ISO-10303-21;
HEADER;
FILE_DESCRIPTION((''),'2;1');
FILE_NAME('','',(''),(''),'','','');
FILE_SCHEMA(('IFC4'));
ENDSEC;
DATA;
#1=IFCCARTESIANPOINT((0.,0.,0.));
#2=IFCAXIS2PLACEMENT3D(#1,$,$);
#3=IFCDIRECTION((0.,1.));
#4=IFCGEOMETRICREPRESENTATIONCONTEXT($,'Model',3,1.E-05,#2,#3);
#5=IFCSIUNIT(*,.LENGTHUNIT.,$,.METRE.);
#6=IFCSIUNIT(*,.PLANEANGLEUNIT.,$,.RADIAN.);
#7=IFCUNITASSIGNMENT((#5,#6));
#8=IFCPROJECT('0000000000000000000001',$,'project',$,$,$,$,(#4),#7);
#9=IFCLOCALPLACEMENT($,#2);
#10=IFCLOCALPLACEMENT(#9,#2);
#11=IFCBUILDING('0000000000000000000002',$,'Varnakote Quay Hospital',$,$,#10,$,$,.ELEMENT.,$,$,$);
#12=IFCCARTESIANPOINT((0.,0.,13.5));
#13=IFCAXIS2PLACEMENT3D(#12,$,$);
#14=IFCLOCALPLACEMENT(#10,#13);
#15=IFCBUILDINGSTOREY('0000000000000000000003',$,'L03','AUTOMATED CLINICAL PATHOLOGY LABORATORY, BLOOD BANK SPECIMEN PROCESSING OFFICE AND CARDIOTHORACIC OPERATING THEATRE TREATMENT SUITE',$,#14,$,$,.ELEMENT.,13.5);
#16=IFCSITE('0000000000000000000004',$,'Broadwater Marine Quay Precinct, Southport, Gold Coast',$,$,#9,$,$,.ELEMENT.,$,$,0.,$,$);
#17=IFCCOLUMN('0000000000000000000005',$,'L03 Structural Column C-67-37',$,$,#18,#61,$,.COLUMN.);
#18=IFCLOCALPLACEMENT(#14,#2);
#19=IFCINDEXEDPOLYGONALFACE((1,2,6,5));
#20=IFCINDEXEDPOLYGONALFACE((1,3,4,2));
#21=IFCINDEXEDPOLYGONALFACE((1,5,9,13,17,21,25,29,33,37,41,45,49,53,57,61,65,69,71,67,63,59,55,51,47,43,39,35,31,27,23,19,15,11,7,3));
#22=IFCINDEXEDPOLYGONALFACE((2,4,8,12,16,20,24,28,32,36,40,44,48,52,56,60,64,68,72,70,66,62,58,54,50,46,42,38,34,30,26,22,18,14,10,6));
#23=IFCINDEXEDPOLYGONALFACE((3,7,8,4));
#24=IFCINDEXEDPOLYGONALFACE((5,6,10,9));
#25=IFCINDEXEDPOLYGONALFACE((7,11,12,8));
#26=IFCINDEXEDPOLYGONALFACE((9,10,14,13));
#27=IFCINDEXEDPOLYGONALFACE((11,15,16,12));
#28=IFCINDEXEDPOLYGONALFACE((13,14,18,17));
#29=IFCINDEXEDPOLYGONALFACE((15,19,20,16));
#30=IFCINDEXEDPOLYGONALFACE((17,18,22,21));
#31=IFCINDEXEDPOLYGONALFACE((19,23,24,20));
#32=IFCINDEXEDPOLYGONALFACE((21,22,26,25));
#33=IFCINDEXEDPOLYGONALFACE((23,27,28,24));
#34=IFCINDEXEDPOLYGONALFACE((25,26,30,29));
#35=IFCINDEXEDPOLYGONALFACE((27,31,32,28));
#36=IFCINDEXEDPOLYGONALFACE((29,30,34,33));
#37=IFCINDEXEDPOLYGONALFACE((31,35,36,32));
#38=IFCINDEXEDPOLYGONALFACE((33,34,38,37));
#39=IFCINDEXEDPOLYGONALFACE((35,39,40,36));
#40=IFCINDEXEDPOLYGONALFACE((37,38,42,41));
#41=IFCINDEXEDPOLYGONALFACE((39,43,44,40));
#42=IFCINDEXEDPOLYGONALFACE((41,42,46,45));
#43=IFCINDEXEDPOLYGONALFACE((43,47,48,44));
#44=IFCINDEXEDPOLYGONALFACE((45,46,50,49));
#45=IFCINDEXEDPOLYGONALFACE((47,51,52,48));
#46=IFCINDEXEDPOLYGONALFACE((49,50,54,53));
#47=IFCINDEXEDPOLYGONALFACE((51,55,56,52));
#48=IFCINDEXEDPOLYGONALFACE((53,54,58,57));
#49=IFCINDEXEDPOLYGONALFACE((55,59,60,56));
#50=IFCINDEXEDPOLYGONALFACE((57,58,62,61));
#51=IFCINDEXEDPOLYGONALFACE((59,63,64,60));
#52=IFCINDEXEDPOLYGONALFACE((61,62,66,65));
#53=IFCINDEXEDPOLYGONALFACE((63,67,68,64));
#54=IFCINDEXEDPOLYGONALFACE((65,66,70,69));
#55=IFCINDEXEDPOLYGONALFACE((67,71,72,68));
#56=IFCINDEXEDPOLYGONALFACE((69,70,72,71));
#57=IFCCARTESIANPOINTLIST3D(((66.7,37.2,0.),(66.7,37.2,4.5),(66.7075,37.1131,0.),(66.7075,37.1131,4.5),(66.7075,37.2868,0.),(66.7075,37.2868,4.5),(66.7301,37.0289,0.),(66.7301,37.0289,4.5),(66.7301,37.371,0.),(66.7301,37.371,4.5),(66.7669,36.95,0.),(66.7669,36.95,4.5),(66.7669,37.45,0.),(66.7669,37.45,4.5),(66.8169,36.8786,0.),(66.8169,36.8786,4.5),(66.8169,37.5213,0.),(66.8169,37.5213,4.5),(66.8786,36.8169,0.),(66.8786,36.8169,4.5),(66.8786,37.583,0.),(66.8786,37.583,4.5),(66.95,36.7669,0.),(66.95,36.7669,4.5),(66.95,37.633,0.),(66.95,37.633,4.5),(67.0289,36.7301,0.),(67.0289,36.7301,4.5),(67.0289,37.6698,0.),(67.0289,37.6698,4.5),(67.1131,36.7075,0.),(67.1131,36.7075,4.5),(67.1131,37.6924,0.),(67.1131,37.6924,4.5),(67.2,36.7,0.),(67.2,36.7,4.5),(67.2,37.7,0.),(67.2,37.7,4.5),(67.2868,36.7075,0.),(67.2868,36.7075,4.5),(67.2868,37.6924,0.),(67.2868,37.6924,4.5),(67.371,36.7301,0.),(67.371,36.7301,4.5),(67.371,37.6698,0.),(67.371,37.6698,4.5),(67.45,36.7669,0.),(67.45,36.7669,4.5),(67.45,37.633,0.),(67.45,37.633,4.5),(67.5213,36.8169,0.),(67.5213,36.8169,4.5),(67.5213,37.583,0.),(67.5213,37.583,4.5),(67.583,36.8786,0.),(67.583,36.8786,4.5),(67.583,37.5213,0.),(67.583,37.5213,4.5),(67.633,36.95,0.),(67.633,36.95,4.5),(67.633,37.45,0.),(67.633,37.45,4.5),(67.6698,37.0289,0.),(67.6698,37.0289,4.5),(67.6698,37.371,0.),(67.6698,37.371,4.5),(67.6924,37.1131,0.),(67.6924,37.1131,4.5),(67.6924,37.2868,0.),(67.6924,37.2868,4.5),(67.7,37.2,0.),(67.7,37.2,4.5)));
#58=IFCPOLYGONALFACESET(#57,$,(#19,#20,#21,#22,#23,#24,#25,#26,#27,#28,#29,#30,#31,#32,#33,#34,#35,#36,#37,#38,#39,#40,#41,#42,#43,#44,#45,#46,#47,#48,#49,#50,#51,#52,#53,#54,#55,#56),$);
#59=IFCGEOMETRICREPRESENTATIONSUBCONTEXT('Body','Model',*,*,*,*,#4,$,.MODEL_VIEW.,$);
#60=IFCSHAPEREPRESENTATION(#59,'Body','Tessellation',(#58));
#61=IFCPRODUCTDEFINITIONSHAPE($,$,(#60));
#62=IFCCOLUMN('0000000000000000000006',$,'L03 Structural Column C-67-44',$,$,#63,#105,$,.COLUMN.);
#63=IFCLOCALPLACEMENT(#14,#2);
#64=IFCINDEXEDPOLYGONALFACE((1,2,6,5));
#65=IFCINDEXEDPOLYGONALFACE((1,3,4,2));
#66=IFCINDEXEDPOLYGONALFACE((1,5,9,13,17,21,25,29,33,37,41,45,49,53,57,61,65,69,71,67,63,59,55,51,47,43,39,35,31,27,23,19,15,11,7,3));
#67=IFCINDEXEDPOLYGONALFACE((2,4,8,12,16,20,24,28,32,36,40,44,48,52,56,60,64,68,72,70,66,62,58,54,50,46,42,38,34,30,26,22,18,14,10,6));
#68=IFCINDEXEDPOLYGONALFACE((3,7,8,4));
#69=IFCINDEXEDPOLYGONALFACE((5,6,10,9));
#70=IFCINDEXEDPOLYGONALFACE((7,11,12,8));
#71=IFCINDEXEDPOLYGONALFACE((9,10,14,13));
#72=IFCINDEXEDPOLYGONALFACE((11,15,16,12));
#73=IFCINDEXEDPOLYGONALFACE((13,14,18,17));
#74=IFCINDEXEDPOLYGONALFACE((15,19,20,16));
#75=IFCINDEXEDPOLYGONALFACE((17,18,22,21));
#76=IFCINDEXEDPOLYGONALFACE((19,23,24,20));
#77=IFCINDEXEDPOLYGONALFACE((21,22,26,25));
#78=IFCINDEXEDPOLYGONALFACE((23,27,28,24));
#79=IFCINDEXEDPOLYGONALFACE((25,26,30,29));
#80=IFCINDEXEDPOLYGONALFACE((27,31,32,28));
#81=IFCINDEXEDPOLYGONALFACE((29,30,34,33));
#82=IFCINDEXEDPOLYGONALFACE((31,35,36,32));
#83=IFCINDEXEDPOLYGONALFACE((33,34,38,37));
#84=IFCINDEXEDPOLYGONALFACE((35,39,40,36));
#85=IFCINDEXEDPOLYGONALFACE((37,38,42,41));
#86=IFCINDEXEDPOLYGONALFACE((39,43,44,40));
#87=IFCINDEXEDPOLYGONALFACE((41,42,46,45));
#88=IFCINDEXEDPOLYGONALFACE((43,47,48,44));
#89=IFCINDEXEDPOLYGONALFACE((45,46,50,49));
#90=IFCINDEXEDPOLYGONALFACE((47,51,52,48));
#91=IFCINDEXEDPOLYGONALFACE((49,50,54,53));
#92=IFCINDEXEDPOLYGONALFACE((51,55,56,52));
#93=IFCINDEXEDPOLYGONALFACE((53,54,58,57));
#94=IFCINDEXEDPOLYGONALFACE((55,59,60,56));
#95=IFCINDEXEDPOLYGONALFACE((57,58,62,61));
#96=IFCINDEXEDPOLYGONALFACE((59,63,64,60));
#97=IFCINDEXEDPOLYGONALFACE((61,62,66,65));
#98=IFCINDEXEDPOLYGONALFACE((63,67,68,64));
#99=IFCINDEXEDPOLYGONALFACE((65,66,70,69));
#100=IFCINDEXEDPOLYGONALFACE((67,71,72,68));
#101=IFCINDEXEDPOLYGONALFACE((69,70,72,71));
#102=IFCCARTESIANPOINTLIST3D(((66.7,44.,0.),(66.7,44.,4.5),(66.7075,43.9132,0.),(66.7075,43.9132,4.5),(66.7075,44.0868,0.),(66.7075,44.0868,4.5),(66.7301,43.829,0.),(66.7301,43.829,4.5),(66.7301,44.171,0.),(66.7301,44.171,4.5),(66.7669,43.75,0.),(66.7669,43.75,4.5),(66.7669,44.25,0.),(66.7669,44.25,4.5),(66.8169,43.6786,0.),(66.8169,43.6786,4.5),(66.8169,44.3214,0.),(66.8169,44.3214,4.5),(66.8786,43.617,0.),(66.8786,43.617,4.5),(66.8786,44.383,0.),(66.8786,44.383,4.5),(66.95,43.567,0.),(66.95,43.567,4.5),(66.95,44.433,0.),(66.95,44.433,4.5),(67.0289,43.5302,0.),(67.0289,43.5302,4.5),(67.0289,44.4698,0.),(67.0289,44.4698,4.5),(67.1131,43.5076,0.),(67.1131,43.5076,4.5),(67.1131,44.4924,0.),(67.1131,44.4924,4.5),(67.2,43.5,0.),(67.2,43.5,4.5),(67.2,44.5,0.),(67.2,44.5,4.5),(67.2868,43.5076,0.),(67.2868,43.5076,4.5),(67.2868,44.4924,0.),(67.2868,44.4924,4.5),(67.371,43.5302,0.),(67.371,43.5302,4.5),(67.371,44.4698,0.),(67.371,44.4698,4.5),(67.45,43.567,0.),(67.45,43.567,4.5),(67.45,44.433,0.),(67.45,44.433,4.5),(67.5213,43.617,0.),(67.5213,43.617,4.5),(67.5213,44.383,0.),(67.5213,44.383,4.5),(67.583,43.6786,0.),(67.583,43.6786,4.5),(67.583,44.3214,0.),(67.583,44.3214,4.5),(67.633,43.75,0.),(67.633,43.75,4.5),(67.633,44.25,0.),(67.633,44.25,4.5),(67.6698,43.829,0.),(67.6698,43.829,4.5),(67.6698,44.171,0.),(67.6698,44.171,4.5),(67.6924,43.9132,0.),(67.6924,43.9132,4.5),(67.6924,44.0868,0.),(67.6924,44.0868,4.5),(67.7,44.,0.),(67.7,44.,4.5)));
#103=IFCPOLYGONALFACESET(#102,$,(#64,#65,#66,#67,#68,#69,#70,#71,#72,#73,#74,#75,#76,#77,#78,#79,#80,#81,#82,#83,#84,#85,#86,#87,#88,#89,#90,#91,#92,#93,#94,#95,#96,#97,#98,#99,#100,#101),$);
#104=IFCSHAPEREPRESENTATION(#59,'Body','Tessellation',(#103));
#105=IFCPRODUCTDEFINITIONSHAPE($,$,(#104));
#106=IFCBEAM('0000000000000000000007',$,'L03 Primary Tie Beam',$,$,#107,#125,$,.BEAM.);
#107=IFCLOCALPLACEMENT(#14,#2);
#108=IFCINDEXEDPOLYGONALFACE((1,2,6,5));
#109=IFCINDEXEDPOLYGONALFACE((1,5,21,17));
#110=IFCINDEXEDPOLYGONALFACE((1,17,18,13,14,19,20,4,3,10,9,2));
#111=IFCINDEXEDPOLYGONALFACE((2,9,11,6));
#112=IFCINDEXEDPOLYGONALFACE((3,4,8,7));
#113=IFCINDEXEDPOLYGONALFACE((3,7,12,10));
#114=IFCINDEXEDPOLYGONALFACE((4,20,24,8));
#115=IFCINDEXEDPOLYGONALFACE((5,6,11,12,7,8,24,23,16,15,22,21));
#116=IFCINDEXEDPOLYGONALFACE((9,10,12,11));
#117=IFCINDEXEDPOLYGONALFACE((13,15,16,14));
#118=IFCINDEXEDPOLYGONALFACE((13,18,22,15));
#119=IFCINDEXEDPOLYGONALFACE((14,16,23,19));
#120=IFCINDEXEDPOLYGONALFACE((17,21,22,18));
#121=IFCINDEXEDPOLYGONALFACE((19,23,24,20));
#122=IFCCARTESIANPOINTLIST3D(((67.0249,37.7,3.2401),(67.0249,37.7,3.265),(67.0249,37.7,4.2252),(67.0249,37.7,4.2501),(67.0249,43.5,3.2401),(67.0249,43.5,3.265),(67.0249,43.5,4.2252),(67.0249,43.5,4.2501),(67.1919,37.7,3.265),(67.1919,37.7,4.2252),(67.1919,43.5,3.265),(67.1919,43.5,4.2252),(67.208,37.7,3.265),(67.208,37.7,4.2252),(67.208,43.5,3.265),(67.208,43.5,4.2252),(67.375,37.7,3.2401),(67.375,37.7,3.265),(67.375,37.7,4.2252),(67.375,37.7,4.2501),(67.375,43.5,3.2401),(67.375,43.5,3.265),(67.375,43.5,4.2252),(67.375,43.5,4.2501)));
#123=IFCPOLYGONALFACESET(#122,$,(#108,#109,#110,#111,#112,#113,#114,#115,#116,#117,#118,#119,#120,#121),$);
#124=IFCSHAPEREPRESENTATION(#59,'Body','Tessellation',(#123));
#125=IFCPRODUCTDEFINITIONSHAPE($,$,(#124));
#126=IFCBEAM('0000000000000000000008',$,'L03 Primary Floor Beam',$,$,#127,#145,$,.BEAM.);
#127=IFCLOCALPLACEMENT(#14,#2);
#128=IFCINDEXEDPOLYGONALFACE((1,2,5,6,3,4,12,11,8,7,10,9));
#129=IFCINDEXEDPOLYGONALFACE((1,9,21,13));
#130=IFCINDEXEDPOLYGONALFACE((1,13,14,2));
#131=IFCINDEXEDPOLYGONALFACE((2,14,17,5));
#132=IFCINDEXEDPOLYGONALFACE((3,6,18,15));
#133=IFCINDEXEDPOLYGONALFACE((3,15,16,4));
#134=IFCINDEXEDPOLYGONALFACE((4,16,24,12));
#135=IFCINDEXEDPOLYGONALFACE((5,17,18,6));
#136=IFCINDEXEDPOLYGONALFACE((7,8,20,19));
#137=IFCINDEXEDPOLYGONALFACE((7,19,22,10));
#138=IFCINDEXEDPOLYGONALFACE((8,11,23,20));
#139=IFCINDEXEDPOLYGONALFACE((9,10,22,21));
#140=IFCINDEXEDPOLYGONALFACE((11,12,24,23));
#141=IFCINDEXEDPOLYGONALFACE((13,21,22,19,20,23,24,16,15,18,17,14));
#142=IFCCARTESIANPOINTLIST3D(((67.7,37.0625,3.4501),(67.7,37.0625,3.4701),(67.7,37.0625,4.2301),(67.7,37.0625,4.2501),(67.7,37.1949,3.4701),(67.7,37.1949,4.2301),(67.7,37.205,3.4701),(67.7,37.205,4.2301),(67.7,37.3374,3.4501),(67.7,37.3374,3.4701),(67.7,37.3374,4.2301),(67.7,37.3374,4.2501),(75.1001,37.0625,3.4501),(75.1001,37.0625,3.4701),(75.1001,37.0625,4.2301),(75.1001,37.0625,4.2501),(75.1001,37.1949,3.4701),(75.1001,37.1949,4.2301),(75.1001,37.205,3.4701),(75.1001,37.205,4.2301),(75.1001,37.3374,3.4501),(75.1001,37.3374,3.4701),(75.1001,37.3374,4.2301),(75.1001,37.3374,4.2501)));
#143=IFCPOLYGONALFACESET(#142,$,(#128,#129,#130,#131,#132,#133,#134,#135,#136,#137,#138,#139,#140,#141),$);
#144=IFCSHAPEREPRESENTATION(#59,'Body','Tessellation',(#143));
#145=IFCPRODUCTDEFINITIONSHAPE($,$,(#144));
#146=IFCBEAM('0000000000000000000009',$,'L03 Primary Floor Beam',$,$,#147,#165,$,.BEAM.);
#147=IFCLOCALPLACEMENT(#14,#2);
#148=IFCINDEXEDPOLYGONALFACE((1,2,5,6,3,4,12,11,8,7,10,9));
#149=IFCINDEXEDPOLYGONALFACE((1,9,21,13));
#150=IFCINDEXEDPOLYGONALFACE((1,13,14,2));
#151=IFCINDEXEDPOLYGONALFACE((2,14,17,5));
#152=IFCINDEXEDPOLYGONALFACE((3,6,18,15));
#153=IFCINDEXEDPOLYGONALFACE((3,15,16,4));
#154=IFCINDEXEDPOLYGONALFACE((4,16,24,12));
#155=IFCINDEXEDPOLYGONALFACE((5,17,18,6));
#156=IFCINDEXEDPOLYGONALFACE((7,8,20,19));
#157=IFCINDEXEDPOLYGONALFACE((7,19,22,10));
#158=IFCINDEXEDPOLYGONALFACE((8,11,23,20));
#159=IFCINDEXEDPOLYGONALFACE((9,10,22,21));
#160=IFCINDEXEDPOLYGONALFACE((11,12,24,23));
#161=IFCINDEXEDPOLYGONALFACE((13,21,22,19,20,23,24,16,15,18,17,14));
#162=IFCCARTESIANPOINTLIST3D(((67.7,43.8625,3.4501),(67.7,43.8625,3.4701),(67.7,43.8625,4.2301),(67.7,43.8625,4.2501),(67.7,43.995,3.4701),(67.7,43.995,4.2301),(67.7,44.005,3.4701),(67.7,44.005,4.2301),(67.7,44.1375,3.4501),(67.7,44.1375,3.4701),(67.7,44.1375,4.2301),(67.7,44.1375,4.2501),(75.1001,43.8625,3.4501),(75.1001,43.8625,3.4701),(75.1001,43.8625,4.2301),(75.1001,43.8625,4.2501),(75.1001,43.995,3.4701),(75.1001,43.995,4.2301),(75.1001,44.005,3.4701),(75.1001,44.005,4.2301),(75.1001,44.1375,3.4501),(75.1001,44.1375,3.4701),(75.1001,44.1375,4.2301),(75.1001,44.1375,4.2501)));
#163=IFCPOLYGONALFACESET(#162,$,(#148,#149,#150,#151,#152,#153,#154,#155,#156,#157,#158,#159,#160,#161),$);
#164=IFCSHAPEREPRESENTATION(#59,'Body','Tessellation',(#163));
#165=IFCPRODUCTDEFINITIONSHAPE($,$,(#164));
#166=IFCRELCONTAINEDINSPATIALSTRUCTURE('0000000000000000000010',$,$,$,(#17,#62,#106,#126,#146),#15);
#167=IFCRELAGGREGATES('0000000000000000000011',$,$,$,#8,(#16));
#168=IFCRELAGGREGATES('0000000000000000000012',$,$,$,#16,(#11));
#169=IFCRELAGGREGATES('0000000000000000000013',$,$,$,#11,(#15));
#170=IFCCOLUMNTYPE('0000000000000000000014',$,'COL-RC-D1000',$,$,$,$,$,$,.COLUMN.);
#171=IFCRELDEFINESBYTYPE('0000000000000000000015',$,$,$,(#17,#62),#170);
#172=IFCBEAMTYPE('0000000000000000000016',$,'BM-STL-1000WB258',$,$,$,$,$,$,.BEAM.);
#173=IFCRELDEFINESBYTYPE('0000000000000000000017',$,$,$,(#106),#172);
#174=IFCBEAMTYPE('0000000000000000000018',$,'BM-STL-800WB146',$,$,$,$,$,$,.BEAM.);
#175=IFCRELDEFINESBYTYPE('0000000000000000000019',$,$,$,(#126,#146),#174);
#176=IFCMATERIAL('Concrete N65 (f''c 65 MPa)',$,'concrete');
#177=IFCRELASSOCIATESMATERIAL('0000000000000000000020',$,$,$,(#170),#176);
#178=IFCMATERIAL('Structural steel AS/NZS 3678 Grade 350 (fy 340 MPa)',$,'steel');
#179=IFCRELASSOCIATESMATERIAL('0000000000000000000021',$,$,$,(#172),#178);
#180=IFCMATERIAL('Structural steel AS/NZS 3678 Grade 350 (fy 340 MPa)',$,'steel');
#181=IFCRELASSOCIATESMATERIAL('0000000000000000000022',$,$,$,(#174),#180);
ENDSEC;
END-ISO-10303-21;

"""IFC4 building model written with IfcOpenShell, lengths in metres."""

from ifc_helpers import new_model, si_unit, direction, frame, origin, origin_2d, place, context, subcontext, project, spatial, circle, i_section, extrude, material, material_profile, profile_set, type_object, element, save


model = new_model("IFC4")

# Units and contexts
model_context = context("Model", 3, precision=1e-05, world=origin(), true_north=direction((0.0, 1.0)))
body_context = subcontext(model_context, "Body", "Model", "MODEL_VIEW")
ifc_project = project(units=[si_unit("LENGTHUNIT", "METRE"), si_unit("PLANEANGLEUNIT", "RADIAN")], contexts=[model_context])

# Site, building, storey
site_placement = place(None, origin())
site = spatial("IfcSite", under=ifc_project, at=site_placement, Name="Broadwater Marine Quay Precinct, Southport, Gold Coast", CompositionType="ELEMENT", RefElevation=0.0)
building_placement = place(site_placement, origin())
building = spatial("IfcBuilding", under=site, at=building_placement, Name="Varnakote Quay Hospital", CompositionType="ELEMENT")
storey_placement = place(building_placement, frame((0.0, 0.0, 13.5)))
storey = spatial("IfcBuildingStorey", under=building, at=storey_placement, Name="L03", Description="AUTOMATED CLINICAL PATHOLOGY LABORATORY, BLOOD BANK SPECIMEN PROCESSING OFFICE AND CARDIOTHORACIC OPERATING THEATRE TREATMENT SUITE", CompositionType="ELEMENT", Elevation=13.5)

# Columns
ifc_material_1 = material(Name="Concrete N65 (f'c 65 MPa)", Category="concrete")
ifc_material_profile_1 = material_profile(ifc_material_1, circle(Radius=0.5, at=origin_2d()), Name="RC-COL-D1000")
ifc_profile_set_1 = profile_set([ifc_material_profile_1], Name="Concrete N65 (f'c 65 MPa)")
column_type = type_object("IfcColumnType", Name="COL-RC-D1000", PredefinedType="COLUMN", material=ifc_profile_set_1)
for number, where, z_axis, x_axis, name in (
    (1, (67.2, 37.2, 0.0), (0.0, 0.0, 1.0), (1.0, 0.0, 0.0), "L03 Structural Column C-67-37"),
    (2, (67.2, 44.0, 0.0), (0.0, 0.0, 1.0), (1.0, 0.0, 0.0), "L03 Structural Column C-67-44"),
):
    element("IfcColumn", number, at=place(storey_placement, frame(where, z_axis=z_axis, x_axis=x_axis)), inside=storey, type_object=column_type, Name=name, PredefinedType="COLUMN", context=body_context, shape_type="SweptSolid", body=[
        extrude(circle(Radius=0.5, at=origin_2d()), origin(), (0.0, 0.0, 1.0), 4.5),
    ])

# Beams
ifc_material_2 = material(Name="Structural steel AS/NZS 3678 Grade 350 (fy 340 MPa)", Category="steel")
ifc_material_profile_2 = material_profile(ifc_material_2, i_section(OverallWidth=0.3501, OverallDepth=1.01, WebThickness=0.0161, FlangeThickness=0.0249, at=origin_2d()), Name="1000WB258")
ifc_profile_set_2 = profile_set([ifc_material_profile_2], Name="Structural steel AS/NZS 3678 Grade 350 (fy 340 MPa)")
beam_type_1 = type_object("IfcBeamType", Name="BM-STL-1000WB258", PredefinedType="BEAM", material=ifc_profile_set_2)
beam_placement = place(storey_placement, frame((67.2, 37.7, 3.7451), z_axis=(0.0, 1.0, 0.0), x_axis=(-1.0, 0.0, 0.0)))
element("IfcBeam", 3, at=beam_placement, inside=storey, type_object=beam_type_1, Name="L03 Primary Tie Beam", PredefinedType="BEAM", context=body_context, shape_type="SweptSolid", body=[
    extrude(i_section(OverallWidth=0.3501, OverallDepth=1.01, WebThickness=0.0161, FlangeThickness=0.0249, at=origin_2d()), origin(), (0.0, 0.0, 1.0), 5.8),
])
ifc_material_3 = material(Name="Structural steel AS/NZS 3678 Grade 350 (fy 340 MPa)", Category="steel")
ifc_material_profile_3 = material_profile(ifc_material_3, i_section(OverallWidth=0.2749, OverallDepth=0.8, WebThickness=0.01, FlangeThickness=0.02, at=origin_2d()), Name="800WB146")
ifc_profile_set_3 = profile_set([ifc_material_profile_3], Name="Structural steel AS/NZS 3678 Grade 350 (fy 340 MPa)")
beam_type_2 = type_object("IfcBeamType", Name="BM-STL-800WB146", PredefinedType="BEAM", material=ifc_profile_set_3)
for number, where, z_axis, x_axis, name in (
    (4, (67.7, 37.2, 3.8501), (1.0, 0.0, 0.0), (0.0, 1.0, 0.0), "L03 Primary Floor Beam"),
    (5, (67.7, 44.0, 3.8501), (1.0, 0.0, 0.0), (0.0, 1.0, 0.0), "L03 Primary Floor Beam"),
):
    element("IfcBeam", number, at=place(storey_placement, frame(where, z_axis=z_axis, x_axis=x_axis)), inside=storey, type_object=beam_type_2, Name=name, PredefinedType="BEAM", context=body_context, shape_type="SweptSolid", body=[
        extrude(i_section(OverallWidth=0.2749, OverallDepth=0.8, WebThickness=0.01, FlangeThickness=0.02, at=origin_2d()), origin(), (0.0, 0.0, 1.0), 7.4001),
    ])

save(model, "model.ifc")
